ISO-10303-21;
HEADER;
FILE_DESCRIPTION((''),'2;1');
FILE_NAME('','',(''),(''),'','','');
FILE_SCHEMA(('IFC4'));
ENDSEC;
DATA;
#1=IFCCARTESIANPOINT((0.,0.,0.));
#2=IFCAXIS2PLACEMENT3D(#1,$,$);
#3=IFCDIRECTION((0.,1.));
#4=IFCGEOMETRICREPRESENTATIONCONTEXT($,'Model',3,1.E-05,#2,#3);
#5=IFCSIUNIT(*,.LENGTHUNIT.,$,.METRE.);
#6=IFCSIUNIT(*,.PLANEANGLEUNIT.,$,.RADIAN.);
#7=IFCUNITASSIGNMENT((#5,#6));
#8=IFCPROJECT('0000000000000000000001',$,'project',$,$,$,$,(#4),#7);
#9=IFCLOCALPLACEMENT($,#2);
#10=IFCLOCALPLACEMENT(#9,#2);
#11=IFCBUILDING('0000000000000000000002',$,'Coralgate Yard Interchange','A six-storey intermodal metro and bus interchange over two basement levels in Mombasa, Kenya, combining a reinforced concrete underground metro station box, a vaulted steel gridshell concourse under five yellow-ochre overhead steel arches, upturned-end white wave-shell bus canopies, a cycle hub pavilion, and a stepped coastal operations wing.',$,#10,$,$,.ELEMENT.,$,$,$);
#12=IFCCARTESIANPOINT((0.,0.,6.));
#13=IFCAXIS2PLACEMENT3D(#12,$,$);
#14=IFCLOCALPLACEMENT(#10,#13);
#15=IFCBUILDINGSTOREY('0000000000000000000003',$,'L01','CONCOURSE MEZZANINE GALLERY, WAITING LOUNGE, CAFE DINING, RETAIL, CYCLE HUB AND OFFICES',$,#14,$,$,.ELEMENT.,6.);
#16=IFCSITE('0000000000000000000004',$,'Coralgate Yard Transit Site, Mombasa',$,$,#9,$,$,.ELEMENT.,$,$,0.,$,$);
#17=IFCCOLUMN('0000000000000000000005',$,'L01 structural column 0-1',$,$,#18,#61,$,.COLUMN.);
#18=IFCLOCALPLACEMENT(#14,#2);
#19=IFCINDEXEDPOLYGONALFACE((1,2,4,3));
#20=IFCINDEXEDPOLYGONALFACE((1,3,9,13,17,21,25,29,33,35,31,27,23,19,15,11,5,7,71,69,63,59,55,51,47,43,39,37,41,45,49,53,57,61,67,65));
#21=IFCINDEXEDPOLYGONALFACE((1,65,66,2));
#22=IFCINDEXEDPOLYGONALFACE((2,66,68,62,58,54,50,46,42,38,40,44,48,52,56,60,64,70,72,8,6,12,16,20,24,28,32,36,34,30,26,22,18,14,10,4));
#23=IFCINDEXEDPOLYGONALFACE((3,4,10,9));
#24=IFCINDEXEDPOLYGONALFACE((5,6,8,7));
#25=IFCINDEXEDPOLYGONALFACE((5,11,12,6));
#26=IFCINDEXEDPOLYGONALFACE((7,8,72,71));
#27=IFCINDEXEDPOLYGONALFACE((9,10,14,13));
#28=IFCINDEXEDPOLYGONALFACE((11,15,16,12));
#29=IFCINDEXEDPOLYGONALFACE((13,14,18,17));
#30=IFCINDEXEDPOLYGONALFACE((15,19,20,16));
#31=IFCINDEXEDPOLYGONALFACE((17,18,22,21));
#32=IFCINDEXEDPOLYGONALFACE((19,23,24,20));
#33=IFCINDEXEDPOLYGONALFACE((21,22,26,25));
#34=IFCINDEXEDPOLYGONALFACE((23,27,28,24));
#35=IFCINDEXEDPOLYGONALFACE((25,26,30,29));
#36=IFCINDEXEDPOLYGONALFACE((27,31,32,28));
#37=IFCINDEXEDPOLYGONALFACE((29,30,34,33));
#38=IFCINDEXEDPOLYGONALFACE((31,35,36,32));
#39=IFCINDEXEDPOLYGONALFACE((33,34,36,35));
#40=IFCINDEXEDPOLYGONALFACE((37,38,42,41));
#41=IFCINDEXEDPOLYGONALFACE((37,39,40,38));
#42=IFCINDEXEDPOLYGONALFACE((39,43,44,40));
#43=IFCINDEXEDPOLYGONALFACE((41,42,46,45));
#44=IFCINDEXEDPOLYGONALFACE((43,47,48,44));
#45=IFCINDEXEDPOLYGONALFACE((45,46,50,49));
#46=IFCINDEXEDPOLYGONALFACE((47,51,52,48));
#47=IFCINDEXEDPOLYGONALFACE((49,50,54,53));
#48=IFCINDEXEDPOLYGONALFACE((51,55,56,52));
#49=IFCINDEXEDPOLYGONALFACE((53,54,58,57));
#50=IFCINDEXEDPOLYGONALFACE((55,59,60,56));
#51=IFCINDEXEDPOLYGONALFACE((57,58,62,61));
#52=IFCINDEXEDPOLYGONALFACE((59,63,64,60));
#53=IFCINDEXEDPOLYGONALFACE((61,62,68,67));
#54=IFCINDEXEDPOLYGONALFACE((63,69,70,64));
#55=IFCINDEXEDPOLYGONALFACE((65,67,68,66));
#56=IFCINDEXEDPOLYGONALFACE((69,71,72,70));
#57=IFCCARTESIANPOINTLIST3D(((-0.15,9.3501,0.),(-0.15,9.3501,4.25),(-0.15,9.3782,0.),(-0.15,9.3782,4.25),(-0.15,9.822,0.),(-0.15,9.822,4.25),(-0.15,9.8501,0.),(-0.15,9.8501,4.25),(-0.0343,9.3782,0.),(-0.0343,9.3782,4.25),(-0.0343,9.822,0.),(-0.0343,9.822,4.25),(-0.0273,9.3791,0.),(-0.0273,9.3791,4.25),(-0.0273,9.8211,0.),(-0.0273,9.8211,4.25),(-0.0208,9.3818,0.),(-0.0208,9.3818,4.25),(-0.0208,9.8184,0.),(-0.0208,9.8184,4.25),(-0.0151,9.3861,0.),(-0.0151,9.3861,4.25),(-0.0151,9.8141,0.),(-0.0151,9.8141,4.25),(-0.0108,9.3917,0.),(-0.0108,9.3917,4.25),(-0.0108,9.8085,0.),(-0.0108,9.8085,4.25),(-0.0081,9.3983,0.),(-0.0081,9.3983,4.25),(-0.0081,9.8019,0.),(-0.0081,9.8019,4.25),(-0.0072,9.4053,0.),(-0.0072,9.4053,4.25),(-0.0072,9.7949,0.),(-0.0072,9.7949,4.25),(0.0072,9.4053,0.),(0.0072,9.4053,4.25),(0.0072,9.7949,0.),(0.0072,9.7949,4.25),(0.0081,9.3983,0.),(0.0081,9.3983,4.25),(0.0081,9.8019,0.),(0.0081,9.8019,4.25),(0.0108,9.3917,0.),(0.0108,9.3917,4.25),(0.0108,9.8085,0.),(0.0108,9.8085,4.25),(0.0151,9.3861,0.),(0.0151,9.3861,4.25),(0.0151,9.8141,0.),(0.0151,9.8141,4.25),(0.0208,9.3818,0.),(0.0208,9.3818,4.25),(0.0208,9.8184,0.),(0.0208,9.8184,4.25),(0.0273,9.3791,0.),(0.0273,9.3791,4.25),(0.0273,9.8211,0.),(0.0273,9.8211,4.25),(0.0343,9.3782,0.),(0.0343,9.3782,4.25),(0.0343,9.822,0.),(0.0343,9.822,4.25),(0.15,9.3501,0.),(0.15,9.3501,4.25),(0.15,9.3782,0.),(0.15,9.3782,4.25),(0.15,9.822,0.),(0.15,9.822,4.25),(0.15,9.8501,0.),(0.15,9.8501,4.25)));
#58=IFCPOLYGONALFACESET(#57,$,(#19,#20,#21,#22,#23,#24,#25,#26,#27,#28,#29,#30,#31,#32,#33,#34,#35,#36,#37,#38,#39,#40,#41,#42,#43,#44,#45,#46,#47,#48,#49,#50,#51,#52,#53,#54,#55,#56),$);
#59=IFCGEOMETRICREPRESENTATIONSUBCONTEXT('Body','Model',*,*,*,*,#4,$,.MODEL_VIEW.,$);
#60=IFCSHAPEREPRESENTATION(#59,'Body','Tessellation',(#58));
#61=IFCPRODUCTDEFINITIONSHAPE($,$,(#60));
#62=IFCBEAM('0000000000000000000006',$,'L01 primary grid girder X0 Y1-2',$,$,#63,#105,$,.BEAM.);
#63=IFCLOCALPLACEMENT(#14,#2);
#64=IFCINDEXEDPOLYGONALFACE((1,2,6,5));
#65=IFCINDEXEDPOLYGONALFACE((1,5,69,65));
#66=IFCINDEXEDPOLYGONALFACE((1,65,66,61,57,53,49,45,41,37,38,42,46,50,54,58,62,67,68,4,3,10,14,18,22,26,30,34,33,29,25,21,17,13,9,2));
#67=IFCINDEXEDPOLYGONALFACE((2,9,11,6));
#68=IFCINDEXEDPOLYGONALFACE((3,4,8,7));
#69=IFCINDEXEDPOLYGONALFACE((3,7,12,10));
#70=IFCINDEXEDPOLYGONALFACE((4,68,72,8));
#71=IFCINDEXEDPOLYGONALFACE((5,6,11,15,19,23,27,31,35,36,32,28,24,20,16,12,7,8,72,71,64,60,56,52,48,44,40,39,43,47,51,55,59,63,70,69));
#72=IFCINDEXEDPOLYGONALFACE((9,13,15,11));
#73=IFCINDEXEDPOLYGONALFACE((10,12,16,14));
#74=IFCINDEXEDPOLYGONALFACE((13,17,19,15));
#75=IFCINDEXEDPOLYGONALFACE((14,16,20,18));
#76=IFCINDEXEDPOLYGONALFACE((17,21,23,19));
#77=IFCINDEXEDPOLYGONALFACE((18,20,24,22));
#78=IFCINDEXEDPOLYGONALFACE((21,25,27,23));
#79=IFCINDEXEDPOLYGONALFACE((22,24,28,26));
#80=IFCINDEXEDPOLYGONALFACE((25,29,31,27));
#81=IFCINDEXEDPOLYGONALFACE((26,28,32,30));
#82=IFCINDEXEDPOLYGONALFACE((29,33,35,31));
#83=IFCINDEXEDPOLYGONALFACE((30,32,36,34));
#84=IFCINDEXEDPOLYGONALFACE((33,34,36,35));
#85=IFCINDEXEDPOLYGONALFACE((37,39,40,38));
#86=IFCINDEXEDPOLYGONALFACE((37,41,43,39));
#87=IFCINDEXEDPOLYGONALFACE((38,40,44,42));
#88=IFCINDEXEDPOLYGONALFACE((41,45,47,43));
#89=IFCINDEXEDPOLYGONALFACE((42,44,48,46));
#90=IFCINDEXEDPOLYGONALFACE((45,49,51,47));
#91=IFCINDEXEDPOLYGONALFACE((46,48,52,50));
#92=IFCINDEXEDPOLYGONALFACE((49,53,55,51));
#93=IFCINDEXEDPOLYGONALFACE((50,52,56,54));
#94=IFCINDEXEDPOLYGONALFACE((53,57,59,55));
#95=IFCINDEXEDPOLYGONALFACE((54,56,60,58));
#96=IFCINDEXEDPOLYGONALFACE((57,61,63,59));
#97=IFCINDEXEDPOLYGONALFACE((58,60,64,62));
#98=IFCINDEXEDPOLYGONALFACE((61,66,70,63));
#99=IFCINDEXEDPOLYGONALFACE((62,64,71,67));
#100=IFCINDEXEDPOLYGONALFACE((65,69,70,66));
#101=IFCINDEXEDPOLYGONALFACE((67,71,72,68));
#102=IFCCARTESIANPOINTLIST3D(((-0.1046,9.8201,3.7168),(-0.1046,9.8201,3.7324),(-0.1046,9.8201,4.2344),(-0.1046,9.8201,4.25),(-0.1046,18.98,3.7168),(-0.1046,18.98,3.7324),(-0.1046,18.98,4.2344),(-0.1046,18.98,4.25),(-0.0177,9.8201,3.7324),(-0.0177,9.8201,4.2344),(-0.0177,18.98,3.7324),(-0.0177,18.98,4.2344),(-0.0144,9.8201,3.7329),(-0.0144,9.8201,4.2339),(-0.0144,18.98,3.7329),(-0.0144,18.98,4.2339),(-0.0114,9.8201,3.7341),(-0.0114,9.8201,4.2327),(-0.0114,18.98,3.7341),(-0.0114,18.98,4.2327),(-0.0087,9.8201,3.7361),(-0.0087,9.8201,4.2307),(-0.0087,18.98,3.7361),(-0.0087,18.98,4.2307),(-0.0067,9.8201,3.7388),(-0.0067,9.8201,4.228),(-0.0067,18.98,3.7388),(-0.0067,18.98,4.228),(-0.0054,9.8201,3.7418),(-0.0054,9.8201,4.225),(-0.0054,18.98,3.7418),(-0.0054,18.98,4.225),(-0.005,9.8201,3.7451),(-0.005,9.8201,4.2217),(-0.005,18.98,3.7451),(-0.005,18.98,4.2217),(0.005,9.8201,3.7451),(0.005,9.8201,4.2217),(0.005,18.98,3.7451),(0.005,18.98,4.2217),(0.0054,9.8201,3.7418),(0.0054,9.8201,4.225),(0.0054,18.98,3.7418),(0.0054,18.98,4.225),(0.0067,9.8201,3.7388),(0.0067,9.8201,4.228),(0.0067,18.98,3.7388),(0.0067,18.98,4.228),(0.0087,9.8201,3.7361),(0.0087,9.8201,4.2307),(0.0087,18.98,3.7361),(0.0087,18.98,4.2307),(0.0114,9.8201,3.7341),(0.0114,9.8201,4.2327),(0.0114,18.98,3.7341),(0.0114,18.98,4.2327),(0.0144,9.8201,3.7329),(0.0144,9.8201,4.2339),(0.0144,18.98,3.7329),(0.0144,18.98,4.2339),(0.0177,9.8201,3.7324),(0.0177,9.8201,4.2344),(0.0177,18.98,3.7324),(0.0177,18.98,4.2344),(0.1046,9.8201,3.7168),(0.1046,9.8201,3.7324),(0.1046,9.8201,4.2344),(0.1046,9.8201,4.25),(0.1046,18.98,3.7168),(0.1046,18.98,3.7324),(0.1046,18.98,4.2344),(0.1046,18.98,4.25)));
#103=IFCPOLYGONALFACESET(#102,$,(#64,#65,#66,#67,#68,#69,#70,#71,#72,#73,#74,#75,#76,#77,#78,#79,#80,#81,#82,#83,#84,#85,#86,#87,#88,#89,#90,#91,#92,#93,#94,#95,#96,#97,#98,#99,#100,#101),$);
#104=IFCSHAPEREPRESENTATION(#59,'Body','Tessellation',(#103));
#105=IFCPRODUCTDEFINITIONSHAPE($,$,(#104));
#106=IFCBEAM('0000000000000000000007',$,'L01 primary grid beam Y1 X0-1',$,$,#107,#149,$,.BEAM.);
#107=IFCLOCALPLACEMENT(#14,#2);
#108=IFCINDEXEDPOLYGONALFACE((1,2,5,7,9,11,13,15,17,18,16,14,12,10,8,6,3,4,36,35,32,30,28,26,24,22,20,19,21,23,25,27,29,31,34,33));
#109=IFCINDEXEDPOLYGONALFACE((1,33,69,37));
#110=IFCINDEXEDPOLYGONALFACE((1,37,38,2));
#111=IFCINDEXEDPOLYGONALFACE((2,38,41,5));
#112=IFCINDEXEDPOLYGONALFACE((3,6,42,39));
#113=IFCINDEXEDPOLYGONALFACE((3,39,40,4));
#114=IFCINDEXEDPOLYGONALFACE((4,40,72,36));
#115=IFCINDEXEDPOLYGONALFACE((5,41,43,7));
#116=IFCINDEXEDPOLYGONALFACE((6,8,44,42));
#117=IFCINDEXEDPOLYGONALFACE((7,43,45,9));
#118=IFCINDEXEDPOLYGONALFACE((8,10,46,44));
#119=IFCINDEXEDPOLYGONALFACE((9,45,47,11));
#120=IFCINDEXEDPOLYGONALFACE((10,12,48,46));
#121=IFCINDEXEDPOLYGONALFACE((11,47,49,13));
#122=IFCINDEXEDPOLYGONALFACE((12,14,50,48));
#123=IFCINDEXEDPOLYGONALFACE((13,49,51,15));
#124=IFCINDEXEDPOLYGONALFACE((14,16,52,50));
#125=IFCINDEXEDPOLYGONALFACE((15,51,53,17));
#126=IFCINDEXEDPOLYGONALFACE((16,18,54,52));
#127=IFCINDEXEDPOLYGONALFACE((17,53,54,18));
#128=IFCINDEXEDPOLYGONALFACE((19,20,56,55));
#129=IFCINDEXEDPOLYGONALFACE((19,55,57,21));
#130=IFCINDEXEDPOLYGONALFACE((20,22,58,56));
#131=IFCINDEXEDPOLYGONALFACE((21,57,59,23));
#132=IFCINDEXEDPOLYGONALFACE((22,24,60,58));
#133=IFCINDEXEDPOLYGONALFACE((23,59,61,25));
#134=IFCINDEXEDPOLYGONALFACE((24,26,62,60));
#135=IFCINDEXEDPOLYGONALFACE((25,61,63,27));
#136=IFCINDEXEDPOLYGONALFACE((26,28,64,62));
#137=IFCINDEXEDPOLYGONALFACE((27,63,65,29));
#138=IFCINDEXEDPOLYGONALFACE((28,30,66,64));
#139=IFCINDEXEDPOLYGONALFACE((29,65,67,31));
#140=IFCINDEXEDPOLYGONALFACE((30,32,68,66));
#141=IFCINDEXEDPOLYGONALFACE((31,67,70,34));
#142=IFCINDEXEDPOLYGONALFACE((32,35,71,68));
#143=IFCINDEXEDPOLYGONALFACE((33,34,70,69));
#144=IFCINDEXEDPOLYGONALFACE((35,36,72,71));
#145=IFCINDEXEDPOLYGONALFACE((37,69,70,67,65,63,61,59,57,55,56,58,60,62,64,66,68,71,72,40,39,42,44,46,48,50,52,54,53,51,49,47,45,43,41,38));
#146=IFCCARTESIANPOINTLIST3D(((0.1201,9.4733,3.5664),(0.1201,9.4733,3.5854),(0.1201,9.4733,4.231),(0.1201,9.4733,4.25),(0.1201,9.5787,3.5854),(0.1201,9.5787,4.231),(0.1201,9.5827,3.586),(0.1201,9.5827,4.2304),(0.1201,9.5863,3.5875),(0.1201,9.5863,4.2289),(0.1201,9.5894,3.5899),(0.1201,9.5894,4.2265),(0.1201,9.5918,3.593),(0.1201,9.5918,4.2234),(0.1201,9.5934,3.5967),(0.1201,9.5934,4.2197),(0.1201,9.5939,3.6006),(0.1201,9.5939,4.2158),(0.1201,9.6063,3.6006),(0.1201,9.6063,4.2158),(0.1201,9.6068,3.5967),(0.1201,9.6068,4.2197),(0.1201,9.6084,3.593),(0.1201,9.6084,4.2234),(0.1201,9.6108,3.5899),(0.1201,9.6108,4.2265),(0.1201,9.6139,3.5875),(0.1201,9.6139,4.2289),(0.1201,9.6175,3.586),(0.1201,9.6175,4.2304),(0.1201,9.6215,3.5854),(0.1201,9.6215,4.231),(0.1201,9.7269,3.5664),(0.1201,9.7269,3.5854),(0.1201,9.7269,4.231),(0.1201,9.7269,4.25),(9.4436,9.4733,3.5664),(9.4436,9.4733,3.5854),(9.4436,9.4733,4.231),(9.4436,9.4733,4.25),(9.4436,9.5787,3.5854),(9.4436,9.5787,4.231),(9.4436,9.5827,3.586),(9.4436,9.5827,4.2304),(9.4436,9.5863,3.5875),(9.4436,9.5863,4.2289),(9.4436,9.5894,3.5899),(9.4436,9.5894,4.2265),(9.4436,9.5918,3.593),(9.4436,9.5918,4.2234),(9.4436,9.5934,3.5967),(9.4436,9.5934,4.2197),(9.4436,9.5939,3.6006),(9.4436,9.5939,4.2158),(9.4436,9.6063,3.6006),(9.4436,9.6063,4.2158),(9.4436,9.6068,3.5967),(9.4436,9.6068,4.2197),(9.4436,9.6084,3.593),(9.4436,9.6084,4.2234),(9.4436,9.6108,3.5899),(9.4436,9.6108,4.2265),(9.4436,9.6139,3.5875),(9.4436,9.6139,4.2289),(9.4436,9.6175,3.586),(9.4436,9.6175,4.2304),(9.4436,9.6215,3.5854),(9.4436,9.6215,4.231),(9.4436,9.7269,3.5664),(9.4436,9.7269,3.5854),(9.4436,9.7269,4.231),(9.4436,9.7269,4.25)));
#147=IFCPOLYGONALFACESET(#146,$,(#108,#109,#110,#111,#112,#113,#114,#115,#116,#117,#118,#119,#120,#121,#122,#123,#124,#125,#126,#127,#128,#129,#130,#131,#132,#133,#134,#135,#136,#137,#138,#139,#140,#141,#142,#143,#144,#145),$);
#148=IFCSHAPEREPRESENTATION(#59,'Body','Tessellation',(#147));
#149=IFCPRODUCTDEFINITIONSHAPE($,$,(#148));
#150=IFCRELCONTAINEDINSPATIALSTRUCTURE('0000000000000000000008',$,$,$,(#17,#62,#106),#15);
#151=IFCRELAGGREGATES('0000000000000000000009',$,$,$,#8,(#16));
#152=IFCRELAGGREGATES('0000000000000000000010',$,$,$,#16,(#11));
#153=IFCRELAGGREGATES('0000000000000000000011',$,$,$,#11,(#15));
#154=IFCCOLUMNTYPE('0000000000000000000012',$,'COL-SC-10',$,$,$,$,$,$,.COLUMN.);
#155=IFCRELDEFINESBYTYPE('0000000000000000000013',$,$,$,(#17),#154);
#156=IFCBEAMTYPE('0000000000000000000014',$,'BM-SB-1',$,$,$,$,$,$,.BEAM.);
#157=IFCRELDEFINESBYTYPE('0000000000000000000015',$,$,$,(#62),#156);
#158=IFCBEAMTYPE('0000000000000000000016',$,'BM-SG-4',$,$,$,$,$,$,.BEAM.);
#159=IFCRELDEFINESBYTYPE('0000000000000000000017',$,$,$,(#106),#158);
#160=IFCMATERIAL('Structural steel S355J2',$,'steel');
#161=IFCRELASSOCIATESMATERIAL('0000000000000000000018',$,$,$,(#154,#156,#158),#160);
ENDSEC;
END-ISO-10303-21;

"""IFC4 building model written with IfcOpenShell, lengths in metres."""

from ifc_helpers import new_model, si_unit, direction, frame, origin, origin_2d, place, context, subcontext, project, spatial, i_section, extrude, material, material_profile, profile_set, type_object, element, save


model = new_model("IFC4")

# Units and contexts
model_context = context("Model", 3, precision=1e-05, world=origin(), true_north=direction((0.0, 1.0)))
body_context = subcontext(model_context, "Body", "Model", "MODEL_VIEW")
ifc_project = project(units=[si_unit("LENGTHUNIT", "METRE"), si_unit("PLANEANGLEUNIT", "RADIAN")], contexts=[model_context])

# Site, building, storey
site_placement = place(None, origin())
site = spatial("IfcSite", under=ifc_project, at=site_placement, Name="Coralgate Yard Transit Site, Mombasa", CompositionType="ELEMENT", RefElevation=0.0)
building_placement = place(site_placement, origin())
building = spatial("IfcBuilding", under=site, at=building_placement, Name="Coralgate Yard Interchange", Description="A six-storey intermodal metro and bus interchange over two basement levels in Mombasa, Kenya, combining a reinforced concrete underground metro station box, a vaulted steel gridshell concourse under five yellow-ochre overhead steel arches, upturned-end white wave-shell bus canopies, a cycle hub pavilion, and a stepped coastal operations wing.", CompositionType="ELEMENT")
storey_placement = place(building_placement, frame((0.0, 0.0, 6.0)))
storey = spatial("IfcBuildingStorey", under=building, at=storey_placement, Name="L01", Description="CONCOURSE MEZZANINE GALLERY, WAITING LOUNGE, CAFE DINING, RETAIL, CYCLE HUB AND OFFICES", CompositionType="ELEMENT", Elevation=6.0)

# Column
ifc_material_1 = material(Name="Structural steel S355J2", Category="steel")
ifc_material_profile_1 = material_profile(ifc_material_1, i_section(OverallWidth=0.3, OverallDepth=0.5, WebThickness=0.0144, FlangeThickness=0.0281, FilletRadius=0.0271, at=origin_2d()), Name="HEB 500")
ifc_profile_set_1 = profile_set([ifc_material_profile_1], Name="Structural steel S355J2")
column_type = type_object("IfcColumnType", Name="COL-SC-10", PredefinedType="COLUMN", material=ifc_profile_set_1)
column_placement = place(storey_placement, frame((0.0, 9.6001, 0.0), z_axis=(0.0, 0.0, 1.0), x_axis=(1.0, 0.0, 0.0)))
element("IfcColumn", 1, at=column_placement, inside=storey, type_object=column_type, Name="L01 structural column 0-1", PredefinedType="COLUMN", context=body_context, shape_type="SweptSolid", body=[
    extrude(i_section(OverallWidth=0.3, OverallDepth=0.5, WebThickness=0.0144, FlangeThickness=0.0281, FilletRadius=0.0271, at=origin_2d()), origin(), (0.0, 0.0, 1.0), 4.25),
])

# Beams
ifc_material_profile_2 = material_profile(ifc_material_1, i_section(OverallWidth=0.2092, OverallDepth=0.5332, WebThickness=0.01, FlangeThickness=0.0156, FilletRadius=0.0127, at=origin_2d()), Name="UB 533x210x92")
ifc_profile_set_2 = profile_set([ifc_material_profile_2], Name="Structural steel S355J2")
beam_type_1 = type_object("IfcBeamType", Name="BM-SB-1", PredefinedType="BEAM", material=ifc_profile_set_2)
beam_1_placement = place(storey_placement, frame((0.0, 9.8201, 3.9834), z_axis=(0.0, 1.0, 0.0), x_axis=(-1.0, 0.0, 0.0)))
element("IfcBeam", 2, at=beam_1_placement, inside=storey, type_object=beam_type_1, Name="L01 primary grid girder X0 Y1-2", PredefinedType="BEAM", context=body_context, shape_type="SweptSolid", body=[
    extrude(i_section(OverallWidth=0.2092, OverallDepth=0.5332, WebThickness=0.01, FlangeThickness=0.0156, FilletRadius=0.0127, at=origin_2d()), origin(), (0.0, 0.0, 1.0), 9.1599),
])
ifc_material_profile_3 = material_profile(ifc_material_1, i_section(OverallWidth=0.2537, OverallDepth=0.6836, WebThickness=0.0125, FlangeThickness=0.019, FilletRadius=0.0151, at=origin_2d()), Name="UB 686x254x140")
ifc_profile_set_3 = profile_set([ifc_material_profile_3], Name="Structural steel S355J2")
beam_type_2 = type_object("IfcBeamType", Name="BM-SG-4", PredefinedType="BEAM", material=ifc_profile_set_3)
beam_2_placement = place(storey_placement, frame((0.1201, 9.6001, 3.9082), z_axis=(1.0, 0.0, 0.0), x_axis=(0.0, 1.0, 0.0)))
element("IfcBeam", 3, at=beam_2_placement, inside=storey, type_object=beam_type_2, Name="L01 primary grid beam Y1 X0-1", PredefinedType="BEAM", context=body_context, shape_type="SweptSolid", body=[
    extrude(i_section(OverallWidth=0.2537, OverallDepth=0.6836, WebThickness=0.0125, FlangeThickness=0.019, FilletRadius=0.0151, at=origin_2d()), origin(), (0.0, 0.0, 1.0), 9.3235),
])

save(model, "model.ifc")
